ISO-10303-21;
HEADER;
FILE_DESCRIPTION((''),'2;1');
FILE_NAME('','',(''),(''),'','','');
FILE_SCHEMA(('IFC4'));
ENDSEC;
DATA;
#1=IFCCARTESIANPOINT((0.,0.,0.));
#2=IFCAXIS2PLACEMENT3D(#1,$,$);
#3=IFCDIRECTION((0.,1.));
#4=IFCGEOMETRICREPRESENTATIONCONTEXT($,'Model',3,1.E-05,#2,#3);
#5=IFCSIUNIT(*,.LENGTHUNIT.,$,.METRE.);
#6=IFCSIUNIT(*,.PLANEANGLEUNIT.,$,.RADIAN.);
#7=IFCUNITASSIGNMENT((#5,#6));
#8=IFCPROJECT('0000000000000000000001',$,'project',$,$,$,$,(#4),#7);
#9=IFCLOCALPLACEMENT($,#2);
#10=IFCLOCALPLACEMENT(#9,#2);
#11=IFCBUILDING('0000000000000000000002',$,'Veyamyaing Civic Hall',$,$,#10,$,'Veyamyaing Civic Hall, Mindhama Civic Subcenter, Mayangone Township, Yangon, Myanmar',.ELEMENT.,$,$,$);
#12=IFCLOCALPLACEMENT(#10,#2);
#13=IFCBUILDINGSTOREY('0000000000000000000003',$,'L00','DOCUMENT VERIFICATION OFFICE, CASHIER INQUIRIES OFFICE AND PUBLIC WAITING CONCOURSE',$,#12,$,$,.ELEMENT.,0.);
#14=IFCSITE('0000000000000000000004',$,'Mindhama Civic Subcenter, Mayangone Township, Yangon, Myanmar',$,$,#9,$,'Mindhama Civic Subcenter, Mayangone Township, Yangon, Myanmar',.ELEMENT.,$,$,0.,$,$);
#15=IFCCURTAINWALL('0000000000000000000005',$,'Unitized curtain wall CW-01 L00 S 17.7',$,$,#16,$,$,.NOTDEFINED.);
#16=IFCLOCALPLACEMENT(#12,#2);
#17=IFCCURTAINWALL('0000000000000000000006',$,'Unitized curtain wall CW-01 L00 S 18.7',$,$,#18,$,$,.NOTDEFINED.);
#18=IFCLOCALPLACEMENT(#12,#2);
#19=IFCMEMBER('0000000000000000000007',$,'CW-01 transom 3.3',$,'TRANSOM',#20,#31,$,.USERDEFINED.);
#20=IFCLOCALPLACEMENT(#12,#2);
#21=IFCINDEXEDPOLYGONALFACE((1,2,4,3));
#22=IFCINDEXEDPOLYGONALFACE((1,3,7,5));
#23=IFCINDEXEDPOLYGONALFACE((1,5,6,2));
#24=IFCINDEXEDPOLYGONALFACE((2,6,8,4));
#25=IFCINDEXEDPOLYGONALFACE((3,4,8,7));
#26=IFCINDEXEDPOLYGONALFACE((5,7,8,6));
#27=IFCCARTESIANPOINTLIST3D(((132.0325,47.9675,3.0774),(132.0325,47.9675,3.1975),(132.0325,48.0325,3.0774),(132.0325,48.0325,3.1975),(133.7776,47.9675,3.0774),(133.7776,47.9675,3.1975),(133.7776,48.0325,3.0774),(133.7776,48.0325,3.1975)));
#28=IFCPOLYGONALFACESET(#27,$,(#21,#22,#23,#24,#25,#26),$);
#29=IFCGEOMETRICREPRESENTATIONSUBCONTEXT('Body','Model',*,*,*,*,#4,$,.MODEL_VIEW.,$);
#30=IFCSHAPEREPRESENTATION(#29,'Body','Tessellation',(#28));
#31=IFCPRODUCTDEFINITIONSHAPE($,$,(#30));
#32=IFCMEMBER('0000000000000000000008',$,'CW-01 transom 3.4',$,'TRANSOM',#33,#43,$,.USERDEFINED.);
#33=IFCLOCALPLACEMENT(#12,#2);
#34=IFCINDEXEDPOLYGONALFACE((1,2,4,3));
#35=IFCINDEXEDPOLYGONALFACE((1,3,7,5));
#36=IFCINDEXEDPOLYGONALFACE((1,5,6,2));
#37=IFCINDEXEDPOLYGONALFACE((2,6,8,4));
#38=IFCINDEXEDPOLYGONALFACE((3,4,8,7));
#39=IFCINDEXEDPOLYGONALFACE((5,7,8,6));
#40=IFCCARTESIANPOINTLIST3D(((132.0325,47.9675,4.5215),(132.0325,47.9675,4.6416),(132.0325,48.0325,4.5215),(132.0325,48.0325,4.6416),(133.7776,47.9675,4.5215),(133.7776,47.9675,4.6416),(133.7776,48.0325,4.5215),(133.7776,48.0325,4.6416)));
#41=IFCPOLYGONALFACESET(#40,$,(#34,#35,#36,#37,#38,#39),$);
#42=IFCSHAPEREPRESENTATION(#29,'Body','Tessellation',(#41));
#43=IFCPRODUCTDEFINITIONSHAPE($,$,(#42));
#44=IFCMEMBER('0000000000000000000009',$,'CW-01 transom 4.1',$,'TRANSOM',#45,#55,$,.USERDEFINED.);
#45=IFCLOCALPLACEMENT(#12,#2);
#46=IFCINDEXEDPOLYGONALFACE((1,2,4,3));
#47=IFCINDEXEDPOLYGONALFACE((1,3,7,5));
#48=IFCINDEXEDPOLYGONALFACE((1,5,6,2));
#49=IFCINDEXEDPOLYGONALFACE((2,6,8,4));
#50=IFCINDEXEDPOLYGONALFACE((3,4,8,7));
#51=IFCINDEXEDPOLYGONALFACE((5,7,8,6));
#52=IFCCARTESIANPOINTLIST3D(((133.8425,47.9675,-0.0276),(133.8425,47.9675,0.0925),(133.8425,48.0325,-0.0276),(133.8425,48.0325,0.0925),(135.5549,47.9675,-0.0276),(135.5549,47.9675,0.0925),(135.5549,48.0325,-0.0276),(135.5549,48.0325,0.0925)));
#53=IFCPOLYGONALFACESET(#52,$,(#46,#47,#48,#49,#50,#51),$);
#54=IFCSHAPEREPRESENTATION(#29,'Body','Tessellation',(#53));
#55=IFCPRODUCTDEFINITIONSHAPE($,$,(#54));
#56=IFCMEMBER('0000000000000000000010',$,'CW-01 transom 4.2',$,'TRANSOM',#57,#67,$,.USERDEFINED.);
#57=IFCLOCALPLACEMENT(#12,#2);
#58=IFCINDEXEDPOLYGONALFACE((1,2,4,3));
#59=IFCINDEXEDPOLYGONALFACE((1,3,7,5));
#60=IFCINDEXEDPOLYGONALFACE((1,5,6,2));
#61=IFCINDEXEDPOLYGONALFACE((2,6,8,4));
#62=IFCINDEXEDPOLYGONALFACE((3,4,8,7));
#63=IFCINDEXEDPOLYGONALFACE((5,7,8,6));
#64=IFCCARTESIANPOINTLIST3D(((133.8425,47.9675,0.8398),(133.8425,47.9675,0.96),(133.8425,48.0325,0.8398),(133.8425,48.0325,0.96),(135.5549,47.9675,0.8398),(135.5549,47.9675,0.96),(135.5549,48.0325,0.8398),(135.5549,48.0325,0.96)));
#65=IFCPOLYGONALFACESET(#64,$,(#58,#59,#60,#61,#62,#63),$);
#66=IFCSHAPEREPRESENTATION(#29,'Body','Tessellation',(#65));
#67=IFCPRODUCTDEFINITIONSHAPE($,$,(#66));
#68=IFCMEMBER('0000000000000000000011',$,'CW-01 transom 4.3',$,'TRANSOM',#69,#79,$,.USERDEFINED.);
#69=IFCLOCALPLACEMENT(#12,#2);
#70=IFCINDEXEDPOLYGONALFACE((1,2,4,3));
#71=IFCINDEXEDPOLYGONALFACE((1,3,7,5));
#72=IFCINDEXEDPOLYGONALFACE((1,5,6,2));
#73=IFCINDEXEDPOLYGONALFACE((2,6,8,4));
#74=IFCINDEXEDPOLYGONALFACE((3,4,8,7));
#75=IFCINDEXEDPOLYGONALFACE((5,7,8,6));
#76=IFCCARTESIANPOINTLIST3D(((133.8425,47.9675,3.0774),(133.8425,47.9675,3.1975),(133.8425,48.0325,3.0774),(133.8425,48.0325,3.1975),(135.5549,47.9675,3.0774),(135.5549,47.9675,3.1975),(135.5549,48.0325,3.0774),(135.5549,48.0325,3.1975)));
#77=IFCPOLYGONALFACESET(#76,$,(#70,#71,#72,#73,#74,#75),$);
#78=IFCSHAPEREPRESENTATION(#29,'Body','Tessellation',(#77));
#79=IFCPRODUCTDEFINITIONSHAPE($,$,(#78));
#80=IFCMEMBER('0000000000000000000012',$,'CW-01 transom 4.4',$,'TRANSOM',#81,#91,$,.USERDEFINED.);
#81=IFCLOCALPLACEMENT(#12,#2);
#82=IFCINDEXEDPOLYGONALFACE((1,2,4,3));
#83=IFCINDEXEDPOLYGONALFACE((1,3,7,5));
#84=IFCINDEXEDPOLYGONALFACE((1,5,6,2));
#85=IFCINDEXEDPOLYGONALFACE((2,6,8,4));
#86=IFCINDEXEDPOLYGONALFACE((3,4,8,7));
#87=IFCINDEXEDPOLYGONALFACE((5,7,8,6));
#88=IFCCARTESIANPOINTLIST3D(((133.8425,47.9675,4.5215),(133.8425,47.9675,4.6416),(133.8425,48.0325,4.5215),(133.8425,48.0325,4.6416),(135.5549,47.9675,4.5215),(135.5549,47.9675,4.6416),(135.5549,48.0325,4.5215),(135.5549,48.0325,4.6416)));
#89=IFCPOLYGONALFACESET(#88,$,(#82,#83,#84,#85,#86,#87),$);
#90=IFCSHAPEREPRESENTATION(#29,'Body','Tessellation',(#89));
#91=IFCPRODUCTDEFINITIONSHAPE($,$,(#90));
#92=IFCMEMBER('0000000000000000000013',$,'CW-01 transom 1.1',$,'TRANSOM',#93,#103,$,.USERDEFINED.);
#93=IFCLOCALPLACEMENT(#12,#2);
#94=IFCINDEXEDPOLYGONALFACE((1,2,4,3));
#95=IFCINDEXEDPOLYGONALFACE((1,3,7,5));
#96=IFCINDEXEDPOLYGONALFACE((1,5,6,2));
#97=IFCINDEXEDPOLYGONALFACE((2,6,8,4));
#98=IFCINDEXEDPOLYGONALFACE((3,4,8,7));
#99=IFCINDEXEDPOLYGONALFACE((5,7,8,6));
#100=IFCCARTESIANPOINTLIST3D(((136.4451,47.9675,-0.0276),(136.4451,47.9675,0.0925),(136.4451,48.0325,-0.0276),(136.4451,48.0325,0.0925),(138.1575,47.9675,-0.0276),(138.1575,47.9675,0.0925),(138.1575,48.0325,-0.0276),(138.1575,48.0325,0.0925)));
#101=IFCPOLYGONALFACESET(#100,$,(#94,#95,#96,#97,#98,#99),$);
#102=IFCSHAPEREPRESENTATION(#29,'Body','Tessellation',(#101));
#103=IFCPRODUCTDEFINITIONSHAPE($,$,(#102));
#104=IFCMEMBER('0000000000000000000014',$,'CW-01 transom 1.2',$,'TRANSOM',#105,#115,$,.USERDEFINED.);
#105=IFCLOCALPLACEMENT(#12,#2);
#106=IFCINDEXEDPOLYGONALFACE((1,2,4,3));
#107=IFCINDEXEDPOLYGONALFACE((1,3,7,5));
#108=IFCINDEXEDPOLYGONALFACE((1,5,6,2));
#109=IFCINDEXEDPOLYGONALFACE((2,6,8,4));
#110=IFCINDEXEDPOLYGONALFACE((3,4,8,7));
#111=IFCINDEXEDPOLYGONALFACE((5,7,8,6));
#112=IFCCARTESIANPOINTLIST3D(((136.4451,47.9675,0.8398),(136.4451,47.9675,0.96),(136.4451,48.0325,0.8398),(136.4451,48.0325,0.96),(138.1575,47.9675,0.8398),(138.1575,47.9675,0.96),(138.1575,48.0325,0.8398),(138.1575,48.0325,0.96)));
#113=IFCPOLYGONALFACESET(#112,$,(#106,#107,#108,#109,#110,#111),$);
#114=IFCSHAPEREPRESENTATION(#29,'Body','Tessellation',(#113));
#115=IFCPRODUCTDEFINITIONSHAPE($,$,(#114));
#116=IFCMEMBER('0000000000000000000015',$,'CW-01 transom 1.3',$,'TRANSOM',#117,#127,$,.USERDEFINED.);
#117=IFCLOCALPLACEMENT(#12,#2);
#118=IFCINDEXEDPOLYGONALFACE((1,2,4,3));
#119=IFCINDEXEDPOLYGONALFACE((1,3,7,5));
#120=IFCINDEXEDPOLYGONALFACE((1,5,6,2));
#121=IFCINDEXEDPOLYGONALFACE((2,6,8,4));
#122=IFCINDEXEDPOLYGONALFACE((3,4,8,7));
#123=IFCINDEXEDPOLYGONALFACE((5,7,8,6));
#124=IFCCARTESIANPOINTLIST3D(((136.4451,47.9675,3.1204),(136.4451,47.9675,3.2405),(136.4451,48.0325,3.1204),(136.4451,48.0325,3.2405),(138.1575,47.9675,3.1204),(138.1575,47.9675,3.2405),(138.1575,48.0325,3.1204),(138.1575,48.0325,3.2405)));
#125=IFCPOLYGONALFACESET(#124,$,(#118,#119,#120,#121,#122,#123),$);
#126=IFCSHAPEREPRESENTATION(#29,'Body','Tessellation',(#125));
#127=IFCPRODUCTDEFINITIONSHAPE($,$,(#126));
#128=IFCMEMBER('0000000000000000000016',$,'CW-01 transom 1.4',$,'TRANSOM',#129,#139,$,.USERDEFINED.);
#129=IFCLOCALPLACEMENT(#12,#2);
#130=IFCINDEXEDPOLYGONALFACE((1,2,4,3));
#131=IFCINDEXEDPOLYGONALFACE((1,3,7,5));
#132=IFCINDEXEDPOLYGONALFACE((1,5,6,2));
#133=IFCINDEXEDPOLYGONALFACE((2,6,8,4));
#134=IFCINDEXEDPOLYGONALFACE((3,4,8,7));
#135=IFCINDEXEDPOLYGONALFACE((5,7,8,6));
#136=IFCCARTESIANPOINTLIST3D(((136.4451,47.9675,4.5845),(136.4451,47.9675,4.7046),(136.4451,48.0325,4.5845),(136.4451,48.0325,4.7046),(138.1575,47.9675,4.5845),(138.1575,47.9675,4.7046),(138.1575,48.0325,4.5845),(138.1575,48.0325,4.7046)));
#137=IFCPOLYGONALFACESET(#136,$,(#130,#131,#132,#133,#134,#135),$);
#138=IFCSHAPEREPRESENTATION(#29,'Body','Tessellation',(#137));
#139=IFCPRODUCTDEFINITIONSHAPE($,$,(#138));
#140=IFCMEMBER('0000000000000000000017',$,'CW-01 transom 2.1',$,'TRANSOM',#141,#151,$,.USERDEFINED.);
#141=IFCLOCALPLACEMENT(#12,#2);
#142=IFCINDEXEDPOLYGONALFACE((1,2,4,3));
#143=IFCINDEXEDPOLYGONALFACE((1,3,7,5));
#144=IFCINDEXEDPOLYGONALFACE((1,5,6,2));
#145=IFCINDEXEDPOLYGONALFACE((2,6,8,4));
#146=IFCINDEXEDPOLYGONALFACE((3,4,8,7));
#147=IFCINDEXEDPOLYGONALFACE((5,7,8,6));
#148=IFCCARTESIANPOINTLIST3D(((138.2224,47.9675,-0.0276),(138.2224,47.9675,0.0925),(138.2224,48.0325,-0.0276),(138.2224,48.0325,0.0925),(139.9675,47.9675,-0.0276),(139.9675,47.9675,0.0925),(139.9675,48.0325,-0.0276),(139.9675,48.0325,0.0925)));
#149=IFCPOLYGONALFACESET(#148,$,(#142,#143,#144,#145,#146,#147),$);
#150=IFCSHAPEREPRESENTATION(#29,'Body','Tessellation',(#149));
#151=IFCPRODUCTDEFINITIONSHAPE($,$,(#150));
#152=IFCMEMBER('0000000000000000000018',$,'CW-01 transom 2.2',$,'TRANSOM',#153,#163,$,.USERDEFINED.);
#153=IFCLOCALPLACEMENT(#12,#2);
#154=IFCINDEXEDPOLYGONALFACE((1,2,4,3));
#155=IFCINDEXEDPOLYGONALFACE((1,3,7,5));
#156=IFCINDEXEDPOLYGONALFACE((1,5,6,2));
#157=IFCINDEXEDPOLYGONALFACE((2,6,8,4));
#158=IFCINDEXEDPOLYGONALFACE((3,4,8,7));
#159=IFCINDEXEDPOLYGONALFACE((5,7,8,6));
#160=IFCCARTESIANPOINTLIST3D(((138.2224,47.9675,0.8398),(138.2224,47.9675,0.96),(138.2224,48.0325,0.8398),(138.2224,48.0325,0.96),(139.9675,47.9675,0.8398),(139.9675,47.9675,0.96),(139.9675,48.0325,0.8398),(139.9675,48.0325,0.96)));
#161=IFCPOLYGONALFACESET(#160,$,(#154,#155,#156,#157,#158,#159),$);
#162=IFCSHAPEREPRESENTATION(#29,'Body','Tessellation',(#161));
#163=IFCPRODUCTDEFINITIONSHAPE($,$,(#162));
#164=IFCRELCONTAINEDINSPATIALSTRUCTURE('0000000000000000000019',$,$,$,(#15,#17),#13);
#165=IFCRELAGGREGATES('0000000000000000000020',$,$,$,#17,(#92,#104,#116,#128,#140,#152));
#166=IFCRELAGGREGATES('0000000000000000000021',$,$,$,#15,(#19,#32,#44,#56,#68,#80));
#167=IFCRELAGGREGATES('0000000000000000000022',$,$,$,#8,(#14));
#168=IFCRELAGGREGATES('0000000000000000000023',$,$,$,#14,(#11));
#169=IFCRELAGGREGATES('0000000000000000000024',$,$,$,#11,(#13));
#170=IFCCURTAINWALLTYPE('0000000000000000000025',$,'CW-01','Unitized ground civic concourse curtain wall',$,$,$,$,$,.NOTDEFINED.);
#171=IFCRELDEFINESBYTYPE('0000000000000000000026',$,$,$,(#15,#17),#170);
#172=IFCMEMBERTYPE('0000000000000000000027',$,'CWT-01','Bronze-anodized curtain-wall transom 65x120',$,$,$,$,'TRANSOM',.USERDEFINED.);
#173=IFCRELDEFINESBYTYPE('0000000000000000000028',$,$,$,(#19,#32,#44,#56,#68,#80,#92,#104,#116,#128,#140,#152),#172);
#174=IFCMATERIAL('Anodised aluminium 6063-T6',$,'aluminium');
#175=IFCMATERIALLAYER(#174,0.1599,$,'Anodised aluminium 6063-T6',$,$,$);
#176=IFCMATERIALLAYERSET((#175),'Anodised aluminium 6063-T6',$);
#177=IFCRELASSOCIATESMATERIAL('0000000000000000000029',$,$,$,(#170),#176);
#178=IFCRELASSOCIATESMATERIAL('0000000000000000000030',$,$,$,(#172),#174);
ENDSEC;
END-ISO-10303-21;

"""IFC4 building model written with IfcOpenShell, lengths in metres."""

from ifc_helpers import new_model, si_unit, direction, frame, origin, origin_2d, place, context, subcontext, project, spatial, rectangle, extrude, material, layer, layer_set, material_profile, profile_set, type_object, element, aggregate, save


model = new_model("IFC4")

# Units and contexts
model_context = context("Model", 3, precision=1e-05, world=origin(), true_north=direction((0.0, 1.0)))
body_context = subcontext(model_context, "Body", "Model", "MODEL_VIEW")
ifc_project = project(units=[si_unit("LENGTHUNIT", "METRE"), si_unit("PLANEANGLEUNIT", "RADIAN")], contexts=[model_context])

# Site, building, storey
site_placement = place(None, origin())
site = spatial("IfcSite", under=ifc_project, at=site_placement, Name="Mindhama Civic Subcenter, Mayangone Township, Yangon, Myanmar", LongName="Mindhama Civic Subcenter, Mayangone Township, Yangon, Myanmar", CompositionType="ELEMENT", RefElevation=0.0)
building_placement = place(site_placement, origin())
building = spatial("IfcBuilding", under=site, at=building_placement, Name="Veyamyaing Civic Hall", LongName="Veyamyaing Civic Hall, Mindhama Civic Subcenter, Mayangone Township, Yangon, Myanmar", CompositionType="ELEMENT")
storey_placement = place(building_placement, origin())
storey = spatial("IfcBuildingStorey", under=building, at=storey_placement, Name="L00", Description="DOCUMENT VERIFICATION OFFICE, CASHIER INQUIRIES OFFICE AND PUBLIC WAITING CONCOURSE", CompositionType="ELEMENT", Elevation=0.0)

# Curtain walls
ifc_material_1 = material(Name="Anodised aluminium 6063-T6", Category="aluminium")
ifc_layer_1 = layer(ifc_material_1, 0.1599, Name="Anodised aluminium 6063-T6")
ifc_layer_set_1 = layer_set([ifc_layer_1], Name="Anodised aluminium 6063-T6")
curtain_wall_type = type_object("IfcCurtainWallType", Name="CW-01", Description="Unitized ground civic concourse curtain wall", PredefinedType="NOTDEFINED", material=ifc_layer_set_1)
curtain_wall_1_placement = place(storey_placement, origin())
curtain_wall_1 = element("IfcCurtainWall", 1, at=curtain_wall_1_placement, inside=storey, type_object=curtain_wall_type, Name="Unitized curtain wall CW-01 L00 S 17.7", PredefinedType="NOTDEFINED")
curtain_wall_2_placement = place(storey_placement, origin())
curtain_wall_2 = element("IfcCurtainWall", 2, at=curtain_wall_2_placement, inside=storey, type_object=curtain_wall_type, Name="Unitized curtain wall CW-01 L00 S 18.7", PredefinedType="NOTDEFINED")

# Members
ifc_material_profile_1 = material_profile(ifc_material_1, rectangle(XDim=0.0649, YDim=0.1201, at=origin_2d()), Name="ALU-TRN-65X120")
ifc_profile_set_1 = profile_set([ifc_material_profile_1], Name="Anodised aluminium 6063-T6")
member_type_1 = type_object("IfcMemberType", Name="CWT-01", Description="Bronze-anodized curtain-wall transom 65x120", ElementType="TRANSOM", PredefinedType="USERDEFINED", material=ifc_profile_set_1)
member_1_placement = place(storey_placement, frame((132.0325, 48.0, 3.1375), z_axis=(1.0, 0.0, 0.0), x_axis=(0.0, 1.0, 0.0)))
member_1 = element("IfcMember", 3, at=member_1_placement, type_object=member_type_1, Name="CW-01 transom 3.3", ObjectType="TRANSOM", PredefinedType="USERDEFINED", context=body_context, shape_type="SweptSolid", body=[
    extrude(rectangle(XDim=0.0649, YDim=0.1201, at=origin_2d()), origin(), (0.0, 0.0, 1.0), 1.7451),
])
member_2_placement = place(storey_placement, frame((132.0325, 48.0, 4.5815), z_axis=(1.0, 0.0, 0.0), x_axis=(0.0, 1.0, 0.0)))
member_2 = element("IfcMember", 4, at=member_2_placement, type_object=member_type_1, Name="CW-01 transom 3.4", ObjectType="TRANSOM", PredefinedType="USERDEFINED", context=body_context, shape_type="SweptSolid", body=[
    extrude(rectangle(XDim=0.0649, YDim=0.1201, at=origin_2d()), origin(), (0.0, 0.0, 1.0), 1.7451),
])
member_3_placement = place(storey_placement, frame((133.8425, 48.0, 0.0325), z_axis=(1.0, 0.0, 0.0), x_axis=(0.0, 1.0, 0.0)))
member_3 = element("IfcMember", 5, at=member_3_placement, type_object=member_type_1, Name="CW-01 transom 4.1", ObjectType="TRANSOM", PredefinedType="USERDEFINED", context=body_context, shape_type="SweptSolid", body=[
    extrude(rectangle(XDim=0.0649, YDim=0.1201, at=origin_2d()), origin(), (0.0, 0.0, 1.0), 1.7124),
])
member_4_placement = place(storey_placement, frame((133.8425, 48.0, 0.8999), z_axis=(1.0, 0.0, 0.0), x_axis=(0.0, 1.0, 0.0)))
member_4 = element("IfcMember", 6, at=member_4_placement, type_object=member_type_1, Name="CW-01 transom 4.2", ObjectType="TRANSOM", PredefinedType="USERDEFINED", context=body_context, shape_type="SweptSolid", body=[
    extrude(rectangle(XDim=0.0649, YDim=0.1201, at=origin_2d()), origin(), (0.0, 0.0, 1.0), 1.7124),
])
member_5_placement = place(storey_placement, frame((133.8425, 48.0, 3.1375), z_axis=(1.0, 0.0, 0.0), x_axis=(0.0, 1.0, 0.0)))
member_5 = element("IfcMember", 7, at=member_5_placement, type_object=member_type_1, Name="CW-01 transom 4.3", ObjectType="TRANSOM", PredefinedType="USERDEFINED", context=body_context, shape_type="SweptSolid", body=[
    extrude(rectangle(XDim=0.0649, YDim=0.1201, at=origin_2d()), origin(), (0.0, 0.0, 1.0), 1.7124),
])
member_6_placement = place(storey_placement, frame((133.8425, 48.0, 4.5815), z_axis=(1.0, 0.0, 0.0), x_axis=(0.0, 1.0, 0.0)))
member_6 = element("IfcMember", 8, at=member_6_placement, type_object=member_type_1, Name="CW-01 transom 4.4", ObjectType="TRANSOM", PredefinedType="USERDEFINED", context=body_context, shape_type="SweptSolid", body=[
    extrude(rectangle(XDim=0.0649, YDim=0.1201, at=origin_2d()), origin(), (0.0, 0.0, 1.0), 1.7124),
])
member_7_placement = place(storey_placement, frame((136.4451, 48.0, 0.0325), z_axis=(1.0, 0.0, 0.0), x_axis=(0.0, 1.0, 0.0)))
member_7 = element("IfcMember", 9, at=member_7_placement, type_object=member_type_1, Name="CW-01 transom 1.1", ObjectType="TRANSOM", PredefinedType="USERDEFINED", context=body_context, shape_type="SweptSolid", body=[
    extrude(rectangle(XDim=0.0649, YDim=0.1201, at=origin_2d()), origin(), (0.0, 0.0, 1.0), 1.7124),
])
member_8_placement = place(storey_placement, frame((136.4451, 48.0, 0.8999), z_axis=(1.0, 0.0, 0.0), x_axis=(0.0, 1.0, 0.0)))
member_8 = element("IfcMember", 10, at=member_8_placement, type_object=member_type_1, Name="CW-01 transom 1.2", ObjectType="TRANSOM", PredefinedType="USERDEFINED", context=body_context, shape_type="SweptSolid", body=[
    extrude(rectangle(XDim=0.0649, YDim=0.1201, at=origin_2d()), origin(), (0.0, 0.0, 1.0), 1.7124),
])
member_9_placement = place(storey_placement, frame((136.4451, 48.0, 3.1804), z_axis=(1.0, 0.0, 0.0), x_axis=(0.0, 1.0, 0.0)))
member_9 = element("IfcMember", 11, at=member_9_placement, type_object=member_type_1, Name="CW-01 transom 1.3", ObjectType="TRANSOM", PredefinedType="USERDEFINED", context=body_context, shape_type="SweptSolid", body=[
    extrude(rectangle(XDim=0.0649, YDim=0.1201, at=origin_2d()), origin(), (0.0, 0.0, 1.0), 1.7124),
])
member_10_placement = place(storey_placement, frame((136.4451, 48.0, 4.6445), z_axis=(1.0, 0.0, 0.0), x_axis=(0.0, 1.0, 0.0)))
member_10 = element("IfcMember", 12, at=member_10_placement, type_object=member_type_1, Name="CW-01 transom 1.4", ObjectType="TRANSOM", PredefinedType="USERDEFINED", context=body_context, shape_type="SweptSolid", body=[
    extrude(rectangle(XDim=0.0649, YDim=0.1201, at=origin_2d()), origin(), (0.0, 0.0, 1.0), 1.7124),
])
member_11_placement = place(storey_placement, frame((138.2224, 48.0, 0.0325), z_axis=(1.0, 0.0, 0.0), x_axis=(0.0, 1.0, 0.0)))
member_11 = element("IfcMember", 13, at=member_11_placement, type_object=member_type_1, Name="CW-01 transom 2.1", ObjectType="TRANSOM", PredefinedType="USERDEFINED", context=body_context, shape_type="SweptSolid", body=[
    extrude(rectangle(XDim=0.0649, YDim=0.1201, at=origin_2d()), origin(), (0.0, 0.0, 1.0), 1.7451),
])
member_12_placement = place(storey_placement, frame((138.2224, 48.0, 0.8999), z_axis=(1.0, 0.0, 0.0), x_axis=(0.0, 1.0, 0.0)))
member_12 = element("IfcMember", 14, at=member_12_placement, type_object=member_type_1, Name="CW-01 transom 2.2", ObjectType="TRANSOM", PredefinedType="USERDEFINED", context=body_context, shape_type="SweptSolid", body=[
    extrude(rectangle(XDim=0.0649, YDim=0.1201, at=origin_2d()), origin(), (0.0, 0.0, 1.0), 1.7451),
])

aggregate(curtain_wall_2, [member_7, member_8, member_9, member_10, member_11, member_12])
aggregate(curtain_wall_1, [member_1, member_2, member_3, member_4, member_5, member_6])

save(model, "model.ifc")
